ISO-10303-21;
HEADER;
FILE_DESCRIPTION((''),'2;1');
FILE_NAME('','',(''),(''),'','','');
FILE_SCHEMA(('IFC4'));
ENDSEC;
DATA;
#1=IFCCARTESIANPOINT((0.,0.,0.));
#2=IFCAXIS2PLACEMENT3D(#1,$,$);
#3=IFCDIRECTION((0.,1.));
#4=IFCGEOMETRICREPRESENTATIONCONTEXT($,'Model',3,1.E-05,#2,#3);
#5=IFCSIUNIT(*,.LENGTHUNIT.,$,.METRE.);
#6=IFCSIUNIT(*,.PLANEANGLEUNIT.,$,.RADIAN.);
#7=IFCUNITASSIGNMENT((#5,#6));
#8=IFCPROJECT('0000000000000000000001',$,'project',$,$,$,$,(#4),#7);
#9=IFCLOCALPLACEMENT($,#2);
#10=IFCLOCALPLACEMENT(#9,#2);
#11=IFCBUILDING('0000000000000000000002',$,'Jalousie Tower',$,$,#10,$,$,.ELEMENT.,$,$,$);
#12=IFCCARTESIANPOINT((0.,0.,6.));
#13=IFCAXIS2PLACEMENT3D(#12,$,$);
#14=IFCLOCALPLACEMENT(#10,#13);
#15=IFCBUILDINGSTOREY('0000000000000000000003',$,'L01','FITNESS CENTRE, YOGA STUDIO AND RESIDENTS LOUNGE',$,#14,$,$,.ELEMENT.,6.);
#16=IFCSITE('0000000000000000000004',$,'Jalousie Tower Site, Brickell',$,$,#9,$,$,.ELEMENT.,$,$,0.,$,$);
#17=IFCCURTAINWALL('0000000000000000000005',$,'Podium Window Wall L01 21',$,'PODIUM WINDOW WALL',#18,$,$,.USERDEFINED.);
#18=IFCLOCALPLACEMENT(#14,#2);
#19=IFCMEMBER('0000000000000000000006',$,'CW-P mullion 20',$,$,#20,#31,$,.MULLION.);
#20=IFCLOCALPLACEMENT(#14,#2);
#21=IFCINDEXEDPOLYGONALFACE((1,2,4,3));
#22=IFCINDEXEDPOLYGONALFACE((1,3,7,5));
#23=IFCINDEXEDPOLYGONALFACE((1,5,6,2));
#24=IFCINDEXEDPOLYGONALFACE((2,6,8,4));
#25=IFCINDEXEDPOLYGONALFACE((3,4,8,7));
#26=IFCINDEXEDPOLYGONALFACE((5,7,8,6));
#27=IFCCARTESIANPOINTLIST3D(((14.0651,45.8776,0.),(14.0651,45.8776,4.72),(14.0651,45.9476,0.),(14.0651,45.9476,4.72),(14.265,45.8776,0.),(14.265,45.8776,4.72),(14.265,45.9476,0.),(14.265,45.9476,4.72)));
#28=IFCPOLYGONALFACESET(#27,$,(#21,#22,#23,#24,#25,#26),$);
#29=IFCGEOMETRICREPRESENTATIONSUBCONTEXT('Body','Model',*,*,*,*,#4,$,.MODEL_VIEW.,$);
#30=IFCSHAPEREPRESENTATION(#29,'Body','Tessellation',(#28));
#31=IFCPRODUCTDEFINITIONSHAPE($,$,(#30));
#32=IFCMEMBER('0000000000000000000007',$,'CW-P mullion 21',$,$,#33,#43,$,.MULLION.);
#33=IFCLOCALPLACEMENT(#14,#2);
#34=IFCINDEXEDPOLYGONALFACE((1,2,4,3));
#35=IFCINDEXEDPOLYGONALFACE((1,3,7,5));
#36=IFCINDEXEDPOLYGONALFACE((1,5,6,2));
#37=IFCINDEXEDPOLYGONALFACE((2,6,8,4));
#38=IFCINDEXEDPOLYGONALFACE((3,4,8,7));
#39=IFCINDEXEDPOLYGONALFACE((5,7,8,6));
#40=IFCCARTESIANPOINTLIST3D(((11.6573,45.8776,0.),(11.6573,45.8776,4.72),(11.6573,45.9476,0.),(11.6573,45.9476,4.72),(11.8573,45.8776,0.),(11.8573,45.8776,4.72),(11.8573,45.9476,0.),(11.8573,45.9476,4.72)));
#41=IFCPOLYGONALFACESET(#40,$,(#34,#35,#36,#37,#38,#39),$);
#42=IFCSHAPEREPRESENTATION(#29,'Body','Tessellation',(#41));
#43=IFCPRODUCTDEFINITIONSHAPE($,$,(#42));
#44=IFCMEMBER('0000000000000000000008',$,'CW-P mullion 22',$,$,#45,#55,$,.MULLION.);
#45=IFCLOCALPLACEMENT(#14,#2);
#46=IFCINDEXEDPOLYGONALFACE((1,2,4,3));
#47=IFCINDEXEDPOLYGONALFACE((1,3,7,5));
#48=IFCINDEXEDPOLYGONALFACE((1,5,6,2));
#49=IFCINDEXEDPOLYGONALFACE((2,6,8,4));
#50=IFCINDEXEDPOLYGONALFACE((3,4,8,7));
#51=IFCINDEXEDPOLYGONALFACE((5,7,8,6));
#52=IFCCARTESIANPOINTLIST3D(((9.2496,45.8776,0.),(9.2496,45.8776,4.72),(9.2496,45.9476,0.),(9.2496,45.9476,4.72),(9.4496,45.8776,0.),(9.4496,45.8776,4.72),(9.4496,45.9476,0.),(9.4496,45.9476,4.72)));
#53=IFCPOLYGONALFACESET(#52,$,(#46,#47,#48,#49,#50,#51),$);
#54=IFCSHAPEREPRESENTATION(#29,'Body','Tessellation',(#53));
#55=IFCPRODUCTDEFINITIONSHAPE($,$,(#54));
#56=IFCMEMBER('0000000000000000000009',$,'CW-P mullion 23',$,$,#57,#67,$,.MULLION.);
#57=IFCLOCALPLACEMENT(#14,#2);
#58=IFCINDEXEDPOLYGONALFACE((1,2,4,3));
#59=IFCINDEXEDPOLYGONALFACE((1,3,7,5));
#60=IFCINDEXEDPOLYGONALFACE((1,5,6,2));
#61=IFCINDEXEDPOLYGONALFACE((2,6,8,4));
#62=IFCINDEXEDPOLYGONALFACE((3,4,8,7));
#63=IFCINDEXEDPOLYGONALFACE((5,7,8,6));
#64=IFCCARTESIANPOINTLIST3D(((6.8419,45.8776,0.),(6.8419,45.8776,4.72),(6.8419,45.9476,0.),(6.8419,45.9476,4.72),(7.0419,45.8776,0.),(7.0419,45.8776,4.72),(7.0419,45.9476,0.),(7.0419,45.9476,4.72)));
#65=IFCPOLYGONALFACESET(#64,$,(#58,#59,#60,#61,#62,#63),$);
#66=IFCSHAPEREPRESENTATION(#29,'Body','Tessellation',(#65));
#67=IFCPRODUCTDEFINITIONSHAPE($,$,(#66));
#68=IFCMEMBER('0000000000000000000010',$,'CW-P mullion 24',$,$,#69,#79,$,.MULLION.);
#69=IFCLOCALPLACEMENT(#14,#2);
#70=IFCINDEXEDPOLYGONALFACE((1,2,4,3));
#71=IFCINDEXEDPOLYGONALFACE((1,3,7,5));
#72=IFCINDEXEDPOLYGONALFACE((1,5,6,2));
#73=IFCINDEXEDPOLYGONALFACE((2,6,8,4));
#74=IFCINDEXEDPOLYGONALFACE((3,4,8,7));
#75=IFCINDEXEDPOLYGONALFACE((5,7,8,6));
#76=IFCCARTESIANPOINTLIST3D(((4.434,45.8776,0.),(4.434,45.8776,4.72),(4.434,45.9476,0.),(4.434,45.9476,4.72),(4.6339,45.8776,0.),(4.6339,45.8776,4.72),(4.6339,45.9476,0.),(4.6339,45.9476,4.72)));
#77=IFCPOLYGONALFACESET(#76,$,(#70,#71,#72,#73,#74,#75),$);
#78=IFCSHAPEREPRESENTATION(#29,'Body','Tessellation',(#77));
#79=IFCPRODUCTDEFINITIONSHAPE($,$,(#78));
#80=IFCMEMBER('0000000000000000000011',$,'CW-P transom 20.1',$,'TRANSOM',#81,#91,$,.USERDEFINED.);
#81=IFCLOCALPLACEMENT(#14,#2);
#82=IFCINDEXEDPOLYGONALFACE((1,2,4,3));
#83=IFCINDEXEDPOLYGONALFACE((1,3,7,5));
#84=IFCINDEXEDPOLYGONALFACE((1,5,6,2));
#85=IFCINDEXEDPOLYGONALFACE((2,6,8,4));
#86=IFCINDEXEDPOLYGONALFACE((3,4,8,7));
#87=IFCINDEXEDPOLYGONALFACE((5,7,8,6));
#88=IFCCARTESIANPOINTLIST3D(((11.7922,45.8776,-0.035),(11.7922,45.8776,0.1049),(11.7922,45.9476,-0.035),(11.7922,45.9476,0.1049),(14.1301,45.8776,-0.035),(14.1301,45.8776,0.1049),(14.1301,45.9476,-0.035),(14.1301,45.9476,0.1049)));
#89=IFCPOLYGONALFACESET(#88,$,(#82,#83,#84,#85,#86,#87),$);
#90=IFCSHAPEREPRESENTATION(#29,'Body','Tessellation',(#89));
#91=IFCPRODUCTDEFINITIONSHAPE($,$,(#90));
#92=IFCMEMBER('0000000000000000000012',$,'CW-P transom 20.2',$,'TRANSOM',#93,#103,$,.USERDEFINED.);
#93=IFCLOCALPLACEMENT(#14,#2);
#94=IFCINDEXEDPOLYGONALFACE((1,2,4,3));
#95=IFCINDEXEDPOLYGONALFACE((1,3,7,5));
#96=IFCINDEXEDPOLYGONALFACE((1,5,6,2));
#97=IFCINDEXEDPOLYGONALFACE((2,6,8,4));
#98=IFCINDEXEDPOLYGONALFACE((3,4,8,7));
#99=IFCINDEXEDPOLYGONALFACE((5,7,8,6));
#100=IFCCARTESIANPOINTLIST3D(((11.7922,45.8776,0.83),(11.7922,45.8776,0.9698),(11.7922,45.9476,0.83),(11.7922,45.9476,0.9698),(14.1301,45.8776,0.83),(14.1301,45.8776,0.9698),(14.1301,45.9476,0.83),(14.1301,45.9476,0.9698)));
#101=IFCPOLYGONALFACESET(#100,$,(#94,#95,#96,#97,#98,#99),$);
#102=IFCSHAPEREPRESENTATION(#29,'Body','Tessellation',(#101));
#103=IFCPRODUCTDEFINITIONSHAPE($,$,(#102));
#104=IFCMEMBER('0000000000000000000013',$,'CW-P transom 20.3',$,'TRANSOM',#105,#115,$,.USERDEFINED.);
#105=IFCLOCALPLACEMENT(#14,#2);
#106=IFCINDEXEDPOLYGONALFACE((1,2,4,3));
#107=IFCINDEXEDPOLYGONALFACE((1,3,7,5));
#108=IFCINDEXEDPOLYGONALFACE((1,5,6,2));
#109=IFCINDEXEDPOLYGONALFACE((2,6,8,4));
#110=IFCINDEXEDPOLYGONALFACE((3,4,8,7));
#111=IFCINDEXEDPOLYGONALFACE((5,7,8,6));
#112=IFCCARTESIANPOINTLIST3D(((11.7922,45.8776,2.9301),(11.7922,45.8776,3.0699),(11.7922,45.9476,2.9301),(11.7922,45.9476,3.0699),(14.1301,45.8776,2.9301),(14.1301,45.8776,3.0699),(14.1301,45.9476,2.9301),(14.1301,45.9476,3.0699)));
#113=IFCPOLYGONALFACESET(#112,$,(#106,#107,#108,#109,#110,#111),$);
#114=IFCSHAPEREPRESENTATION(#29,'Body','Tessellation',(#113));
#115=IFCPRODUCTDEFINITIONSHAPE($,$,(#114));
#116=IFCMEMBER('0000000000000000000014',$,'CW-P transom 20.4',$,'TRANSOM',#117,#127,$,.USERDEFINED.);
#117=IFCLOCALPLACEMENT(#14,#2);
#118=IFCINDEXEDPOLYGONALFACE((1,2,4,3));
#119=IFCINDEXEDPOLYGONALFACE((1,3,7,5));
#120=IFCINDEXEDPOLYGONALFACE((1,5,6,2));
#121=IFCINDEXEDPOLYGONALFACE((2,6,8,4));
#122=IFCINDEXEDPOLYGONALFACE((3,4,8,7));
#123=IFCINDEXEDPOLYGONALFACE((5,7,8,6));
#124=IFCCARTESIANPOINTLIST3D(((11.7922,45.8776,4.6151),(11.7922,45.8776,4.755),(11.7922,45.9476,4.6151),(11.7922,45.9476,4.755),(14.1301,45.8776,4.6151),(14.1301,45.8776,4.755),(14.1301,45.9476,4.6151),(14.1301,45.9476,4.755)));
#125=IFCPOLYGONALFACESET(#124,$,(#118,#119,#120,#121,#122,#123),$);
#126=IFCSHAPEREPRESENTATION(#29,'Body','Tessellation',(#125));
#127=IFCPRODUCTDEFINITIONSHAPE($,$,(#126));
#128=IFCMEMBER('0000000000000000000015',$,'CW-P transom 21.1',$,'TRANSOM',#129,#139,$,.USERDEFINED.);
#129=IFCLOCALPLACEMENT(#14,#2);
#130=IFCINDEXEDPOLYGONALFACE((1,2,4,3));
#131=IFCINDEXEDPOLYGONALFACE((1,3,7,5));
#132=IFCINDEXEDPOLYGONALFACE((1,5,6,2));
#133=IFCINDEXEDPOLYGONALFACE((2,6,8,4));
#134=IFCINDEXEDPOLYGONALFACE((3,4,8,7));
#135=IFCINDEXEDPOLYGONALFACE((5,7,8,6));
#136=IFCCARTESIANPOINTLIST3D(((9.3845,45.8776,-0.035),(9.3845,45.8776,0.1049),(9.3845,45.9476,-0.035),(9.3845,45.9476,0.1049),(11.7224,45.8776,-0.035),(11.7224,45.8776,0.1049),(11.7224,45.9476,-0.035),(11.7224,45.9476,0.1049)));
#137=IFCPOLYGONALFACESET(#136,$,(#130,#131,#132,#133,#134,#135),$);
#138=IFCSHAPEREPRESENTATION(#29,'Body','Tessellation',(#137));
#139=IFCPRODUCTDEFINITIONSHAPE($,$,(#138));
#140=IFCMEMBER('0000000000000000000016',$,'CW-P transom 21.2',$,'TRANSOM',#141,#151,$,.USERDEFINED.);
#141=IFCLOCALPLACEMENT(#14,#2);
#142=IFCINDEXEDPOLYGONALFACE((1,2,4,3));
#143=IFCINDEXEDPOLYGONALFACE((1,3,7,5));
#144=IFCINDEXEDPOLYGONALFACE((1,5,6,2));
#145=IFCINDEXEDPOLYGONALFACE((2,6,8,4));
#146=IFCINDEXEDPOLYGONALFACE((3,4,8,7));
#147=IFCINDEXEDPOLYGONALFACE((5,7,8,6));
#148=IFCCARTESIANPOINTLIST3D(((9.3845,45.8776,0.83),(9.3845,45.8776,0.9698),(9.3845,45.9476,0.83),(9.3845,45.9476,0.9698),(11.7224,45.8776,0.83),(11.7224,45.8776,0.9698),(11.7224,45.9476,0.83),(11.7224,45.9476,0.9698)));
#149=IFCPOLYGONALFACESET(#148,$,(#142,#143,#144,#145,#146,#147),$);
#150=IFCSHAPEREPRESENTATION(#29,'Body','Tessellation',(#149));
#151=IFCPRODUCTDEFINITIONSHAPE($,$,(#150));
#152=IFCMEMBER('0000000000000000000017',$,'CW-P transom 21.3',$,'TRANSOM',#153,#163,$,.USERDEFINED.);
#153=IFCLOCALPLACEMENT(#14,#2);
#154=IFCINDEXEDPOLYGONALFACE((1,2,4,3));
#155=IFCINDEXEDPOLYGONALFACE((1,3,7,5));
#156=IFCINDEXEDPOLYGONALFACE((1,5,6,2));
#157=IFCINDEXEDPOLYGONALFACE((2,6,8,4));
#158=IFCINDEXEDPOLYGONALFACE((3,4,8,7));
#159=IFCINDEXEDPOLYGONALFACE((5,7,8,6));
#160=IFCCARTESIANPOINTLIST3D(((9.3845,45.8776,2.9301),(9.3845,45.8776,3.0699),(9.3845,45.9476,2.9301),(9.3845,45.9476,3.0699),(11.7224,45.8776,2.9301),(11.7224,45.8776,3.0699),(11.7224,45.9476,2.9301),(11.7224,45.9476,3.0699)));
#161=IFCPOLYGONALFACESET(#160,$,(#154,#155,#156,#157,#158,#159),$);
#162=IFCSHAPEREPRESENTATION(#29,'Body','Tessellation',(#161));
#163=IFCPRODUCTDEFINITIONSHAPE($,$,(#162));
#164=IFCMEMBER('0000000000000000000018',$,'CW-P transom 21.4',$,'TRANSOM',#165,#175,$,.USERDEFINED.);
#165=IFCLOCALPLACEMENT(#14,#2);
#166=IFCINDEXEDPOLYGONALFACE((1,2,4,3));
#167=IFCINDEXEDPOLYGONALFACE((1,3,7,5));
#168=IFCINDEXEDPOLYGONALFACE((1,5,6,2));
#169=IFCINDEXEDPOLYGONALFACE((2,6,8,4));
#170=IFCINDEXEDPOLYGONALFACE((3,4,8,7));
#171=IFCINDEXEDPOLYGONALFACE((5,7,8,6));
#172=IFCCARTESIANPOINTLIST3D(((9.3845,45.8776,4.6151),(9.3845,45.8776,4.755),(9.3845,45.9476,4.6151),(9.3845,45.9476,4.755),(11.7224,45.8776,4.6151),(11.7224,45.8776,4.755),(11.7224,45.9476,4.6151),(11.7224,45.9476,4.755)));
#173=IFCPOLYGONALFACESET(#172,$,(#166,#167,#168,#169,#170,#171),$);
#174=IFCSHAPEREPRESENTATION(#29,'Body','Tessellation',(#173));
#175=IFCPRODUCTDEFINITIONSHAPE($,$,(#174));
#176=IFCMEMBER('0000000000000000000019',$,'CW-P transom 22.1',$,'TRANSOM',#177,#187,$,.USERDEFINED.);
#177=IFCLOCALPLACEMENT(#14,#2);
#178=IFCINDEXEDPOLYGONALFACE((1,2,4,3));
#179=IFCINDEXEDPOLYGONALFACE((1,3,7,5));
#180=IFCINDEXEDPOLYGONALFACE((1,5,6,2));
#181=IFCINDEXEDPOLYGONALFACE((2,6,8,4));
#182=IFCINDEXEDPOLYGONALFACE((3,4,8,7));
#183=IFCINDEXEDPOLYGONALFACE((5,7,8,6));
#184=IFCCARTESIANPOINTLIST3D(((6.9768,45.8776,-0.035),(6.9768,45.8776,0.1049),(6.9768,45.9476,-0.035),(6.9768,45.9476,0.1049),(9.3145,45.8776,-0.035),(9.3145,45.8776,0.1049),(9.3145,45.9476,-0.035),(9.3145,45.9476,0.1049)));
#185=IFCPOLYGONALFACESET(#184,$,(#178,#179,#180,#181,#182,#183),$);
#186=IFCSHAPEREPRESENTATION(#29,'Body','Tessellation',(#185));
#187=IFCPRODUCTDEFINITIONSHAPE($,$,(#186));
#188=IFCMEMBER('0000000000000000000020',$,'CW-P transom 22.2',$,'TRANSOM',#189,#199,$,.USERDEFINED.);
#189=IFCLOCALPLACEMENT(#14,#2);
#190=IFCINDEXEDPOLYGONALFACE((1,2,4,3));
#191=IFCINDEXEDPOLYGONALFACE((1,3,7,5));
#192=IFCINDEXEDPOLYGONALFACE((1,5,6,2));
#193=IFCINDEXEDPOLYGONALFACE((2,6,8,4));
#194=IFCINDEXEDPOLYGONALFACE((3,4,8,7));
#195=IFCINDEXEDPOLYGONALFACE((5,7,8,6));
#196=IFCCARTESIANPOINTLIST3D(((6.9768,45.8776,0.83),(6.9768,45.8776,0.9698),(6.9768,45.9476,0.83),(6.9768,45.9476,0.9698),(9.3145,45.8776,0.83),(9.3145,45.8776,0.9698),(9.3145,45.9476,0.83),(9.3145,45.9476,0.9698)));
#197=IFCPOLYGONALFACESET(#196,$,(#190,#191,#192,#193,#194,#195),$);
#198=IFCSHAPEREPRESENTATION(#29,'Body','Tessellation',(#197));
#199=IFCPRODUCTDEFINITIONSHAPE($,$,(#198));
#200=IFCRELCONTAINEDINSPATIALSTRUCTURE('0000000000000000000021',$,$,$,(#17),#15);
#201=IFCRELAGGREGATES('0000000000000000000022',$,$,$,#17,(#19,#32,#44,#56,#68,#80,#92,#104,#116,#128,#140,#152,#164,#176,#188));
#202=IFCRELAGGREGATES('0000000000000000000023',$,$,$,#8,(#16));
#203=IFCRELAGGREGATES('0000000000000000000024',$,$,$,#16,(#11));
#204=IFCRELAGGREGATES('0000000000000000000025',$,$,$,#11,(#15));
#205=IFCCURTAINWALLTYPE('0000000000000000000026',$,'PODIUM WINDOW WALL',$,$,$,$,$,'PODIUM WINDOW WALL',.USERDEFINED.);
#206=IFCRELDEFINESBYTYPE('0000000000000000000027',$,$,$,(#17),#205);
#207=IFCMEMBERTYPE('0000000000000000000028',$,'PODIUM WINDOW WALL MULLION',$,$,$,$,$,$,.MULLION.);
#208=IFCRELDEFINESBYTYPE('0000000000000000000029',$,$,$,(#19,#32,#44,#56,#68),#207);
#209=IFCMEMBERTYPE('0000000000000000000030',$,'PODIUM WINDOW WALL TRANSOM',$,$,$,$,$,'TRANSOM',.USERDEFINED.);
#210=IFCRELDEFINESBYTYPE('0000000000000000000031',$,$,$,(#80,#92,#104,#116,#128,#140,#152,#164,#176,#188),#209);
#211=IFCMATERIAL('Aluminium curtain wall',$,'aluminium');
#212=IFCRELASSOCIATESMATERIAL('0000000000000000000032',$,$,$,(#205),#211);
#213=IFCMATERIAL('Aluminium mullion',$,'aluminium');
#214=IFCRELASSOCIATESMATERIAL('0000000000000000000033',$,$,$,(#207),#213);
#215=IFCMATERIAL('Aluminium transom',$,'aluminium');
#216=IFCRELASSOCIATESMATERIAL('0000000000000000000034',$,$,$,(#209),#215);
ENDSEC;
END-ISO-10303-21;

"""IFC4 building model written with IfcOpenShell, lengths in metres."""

from ifc_helpers import new_model, si_unit, direction, frame, origin, origin_2d, place, context, subcontext, project, spatial, rectangle, extrude, material, material_profile, profile_set, type_object, element, aggregate, save


model = new_model("IFC4")

# Units and contexts
model_context = context("Model", 3, precision=1e-05, world=origin(), true_north=direction((0.0, 1.0)))
body_context = subcontext(model_context, "Body", "Model", "MODEL_VIEW")
ifc_project = project(units=[si_unit("LENGTHUNIT", "METRE"), si_unit("PLANEANGLEUNIT", "RADIAN")], contexts=[model_context])

# Site, building, storey
site_placement = place(None, origin())
site = spatial("IfcSite", under=ifc_project, at=site_placement, Name="Jalousie Tower Site, Brickell", CompositionType="ELEMENT", RefElevation=0.0)
building_placement = place(site_placement, origin())
building = spatial("IfcBuilding", under=site, at=building_placement, Name="Jalousie Tower", CompositionType="ELEMENT")
storey_placement = place(building_placement, frame((0.0, 0.0, 6.0)))
storey = spatial("IfcBuildingStorey", under=building, at=storey_placement, Name="L01", Description="FITNESS CENTRE, YOGA STUDIO AND RESIDENTS LOUNGE", CompositionType="ELEMENT", Elevation=6.0)

# Curtain wall, members
ifc_material_1 = material(Name="Aluminium curtain wall", Category="aluminium")
curtain_wall_type = type_object("IfcCurtainWallType", Name="PODIUM WINDOW WALL", ElementType="PODIUM WINDOW WALL", PredefinedType="USERDEFINED", material=ifc_material_1)
curtain_wall_placement = place(storey_placement, origin())
curtain_wall = element("IfcCurtainWall", 1, at=curtain_wall_placement, inside=storey, type_object=curtain_wall_type, Name="Podium Window Wall L01 21", ObjectType="PODIUM WINDOW WALL", PredefinedType="USERDEFINED")
ifc_material_2 = material(Name="Aluminium mullion", Category="aluminium")
ifc_material_profile_1 = material_profile(ifc_material_2, rectangle(XDim=0.0701, YDim=0.2, at=origin_2d()), Name="MULLION 70x200")
ifc_profile_set_1 = profile_set([ifc_material_profile_1], Name="Aluminium mullion")
member_type_1 = type_object("IfcMemberType", Name="PODIUM WINDOW WALL MULLION", PredefinedType="MULLION", material=ifc_profile_set_1)
member_1_placement = place(storey_placement, frame((14.165, 45.9126, 0.0), z_axis=(0.0, 0.0, 1.0), x_axis=(0.0, -1.0, 0.0)))
member_1 = element("IfcMember", 2, at=member_1_placement, type_object=member_type_1, Name="CW-P mullion 20", PredefinedType="MULLION", context=body_context, shape_type="SweptSolid", body=[
    extrude(rectangle(XDim=0.0701, YDim=0.2, at=origin_2d()), origin(), (0.0, 0.0, 1.0), 4.72),
])
member_2_placement = place(storey_placement, frame((11.7573, 45.9126, 0.0), z_axis=(0.0, 0.0, 1.0), x_axis=(0.0, -1.0, 0.0)))
member_2 = element("IfcMember", 3, at=member_2_placement, type_object=member_type_1, Name="CW-P mullion 21", PredefinedType="MULLION", context=body_context, shape_type="SweptSolid", body=[
    extrude(rectangle(XDim=0.0701, YDim=0.2, at=origin_2d()), origin(), (0.0, 0.0, 1.0), 4.72),
])
member_3_placement = place(storey_placement, frame((9.3496, 45.9126, 0.0), z_axis=(0.0, 0.0, 1.0), x_axis=(0.0, -1.0, 0.0)))
member_3 = element("IfcMember", 4, at=member_3_placement, type_object=member_type_1, Name="CW-P mullion 22", PredefinedType="MULLION", context=body_context, shape_type="SweptSolid", body=[
    extrude(rectangle(XDim=0.0701, YDim=0.2, at=origin_2d()), origin(), (0.0, 0.0, 1.0), 4.72),
])
member_4_placement = place(storey_placement, frame((6.9419, 45.9126, 0.0), z_axis=(0.0, 0.0, 1.0), x_axis=(0.0, -1.0, 0.0)))
member_4 = element("IfcMember", 5, at=member_4_placement, type_object=member_type_1, Name="CW-P mullion 23", PredefinedType="MULLION", context=body_context, shape_type="SweptSolid", body=[
    extrude(rectangle(XDim=0.0701, YDim=0.2, at=origin_2d()), origin(), (0.0, 0.0, 1.0), 4.72),
])
member_5_placement = place(storey_placement, frame((4.5339, 45.9126, 0.0), z_axis=(0.0, 0.0, 1.0), x_axis=(0.0, -1.0, 0.0)))
member_5 = element("IfcMember", 6, at=member_5_placement, type_object=member_type_1, Name="CW-P mullion 24", PredefinedType="MULLION", context=body_context, shape_type="SweptSolid", body=[
    extrude(rectangle(XDim=0.0701, YDim=0.2, at=origin_2d()), origin(), (0.0, 0.0, 1.0), 4.72),
])
ifc_material_3 = material(Name="Aluminium transom", Category="aluminium")
ifc_material_profile_2 = material_profile(ifc_material_3, rectangle(XDim=0.0701, YDim=0.1399, at=origin_2d()), Name="TRANSOM 70x140")
ifc_profile_set_2 = profile_set([ifc_material_profile_2], Name="Aluminium transom")
member_type_2 = type_object("IfcMemberType", Name="PODIUM WINDOW WALL TRANSOM", ElementType="TRANSOM", PredefinedType="USERDEFINED", material=ifc_profile_set_2)
member_6_placement = place(storey_placement, frame((14.1301, 45.9126, 0.0349), z_axis=(-1.0, 0.0, 0.0), x_axis=(0.0, -1.0, 0.0)))
member_6 = element("IfcMember", 7, at=member_6_placement, type_object=member_type_2, Name="CW-P transom 20.1", ObjectType="TRANSOM", PredefinedType="USERDEFINED", context=body_context, shape_type="SweptSolid", body=[
    extrude(rectangle(XDim=0.0701, YDim=0.1399, at=origin_2d()), origin(), (0.0, 0.0, 1.0), 2.3379),
])
member_7_placement = place(storey_placement, frame((14.1301, 45.9126, 0.8999), z_axis=(-1.0, 0.0, 0.0), x_axis=(0.0, -1.0, 0.0)))
member_7 = element("IfcMember", 8, at=member_7_placement, type_object=member_type_2, Name="CW-P transom 20.2", ObjectType="TRANSOM", PredefinedType="USERDEFINED", context=body_context, shape_type="SweptSolid", body=[
    extrude(rectangle(XDim=0.0701, YDim=0.1399, at=origin_2d()), origin(), (0.0, 0.0, 1.0), 2.3379),
])
member_8_placement = place(storey_placement, frame((14.1301, 45.9126, 3.0), z_axis=(-1.0, 0.0, 0.0), x_axis=(0.0, -1.0, 0.0)))
member_8 = element("IfcMember", 9, at=member_8_placement, type_object=member_type_2, Name="CW-P transom 20.3", ObjectType="TRANSOM", PredefinedType="USERDEFINED", context=body_context, shape_type="SweptSolid", body=[
    extrude(rectangle(XDim=0.0701, YDim=0.1399, at=origin_2d()), origin(), (0.0, 0.0, 1.0), 2.3379),
])
member_9_placement = place(storey_placement, frame((14.1301, 45.9126, 4.6851), z_axis=(-1.0, 0.0, 0.0), x_axis=(0.0, -1.0, 0.0)))
member_9 = element("IfcMember", 10, at=member_9_placement, type_object=member_type_2, Name="CW-P transom 20.4", ObjectType="TRANSOM", PredefinedType="USERDEFINED", context=body_context, shape_type="SweptSolid", body=[
    extrude(rectangle(XDim=0.0701, YDim=0.1399, at=origin_2d()), origin(), (0.0, 0.0, 1.0), 2.3379),
])
member_10_placement = place(storey_placement, frame((11.7224, 45.9126, 0.0349), z_axis=(-1.0, 0.0, 0.0), x_axis=(0.0, -1.0, 0.0)))
member_10 = element("IfcMember", 11, at=member_10_placement, type_object=member_type_2, Name="CW-P transom 21.1", ObjectType="TRANSOM", PredefinedType="USERDEFINED", context=body_context, shape_type="SweptSolid", body=[
    extrude(rectangle(XDim=0.0701, YDim=0.1399, at=origin_2d()), origin(), (0.0, 0.0, 1.0), 2.3379),
])
member_11_placement = place(storey_placement, frame((11.7224, 45.9126, 0.8999), z_axis=(-1.0, 0.0, 0.0), x_axis=(0.0, -1.0, 0.0)))
member_11 = element("IfcMember", 12, at=member_11_placement, type_object=member_type_2, Name="CW-P transom 21.2", ObjectType="TRANSOM", PredefinedType="USERDEFINED", context=body_context, shape_type="SweptSolid", body=[
    extrude(rectangle(XDim=0.0701, YDim=0.1399, at=origin_2d()), origin(), (0.0, 0.0, 1.0), 2.3379),
])
member_12_placement = place(storey_placement, frame((11.7224, 45.9126, 3.0), z_axis=(-1.0, 0.0, 0.0), x_axis=(0.0, -1.0, 0.0)))
member_12 = element("IfcMember", 13, at=member_12_placement, type_object=member_type_2, Name="CW-P transom 21.3", ObjectType="TRANSOM", PredefinedType="USERDEFINED", context=body_context, shape_type="SweptSolid", body=[
    extrude(rectangle(XDim=0.0701, YDim=0.1399, at=origin_2d()), origin(), (0.0, 0.0, 1.0), 2.3379),
])
member_13_placement = place(storey_placement, frame((11.7224, 45.9126, 4.6851), z_axis=(-1.0, 0.0, 0.0), x_axis=(0.0, -1.0, 0.0)))
member_13 = element("IfcMember", 14, at=member_13_placement, type_object=member_type_2, Name="CW-P transom 21.4", ObjectType="TRANSOM", PredefinedType="USERDEFINED", context=body_context, shape_type="SweptSolid", body=[
    extrude(rectangle(XDim=0.0701, YDim=0.1399, at=origin_2d()), origin(), (0.0, 0.0, 1.0), 2.3379),
])
member_14_placement = place(storey_placement, frame((9.3145, 45.9126, 0.0349), z_axis=(-1.0, 0.0, 0.0), x_axis=(0.0, -1.0, 0.0)))
member_14 = element("IfcMember", 15, at=member_14_placement, type_object=member_type_2, Name="CW-P transom 22.1", ObjectType="TRANSOM", PredefinedType="USERDEFINED", context=body_context, shape_type="SweptSolid", body=[
    extrude(rectangle(XDim=0.0701, YDim=0.1399, at=origin_2d()), origin(), (0.0, 0.0, 1.0), 2.3376),
])
member_15_placement = place(storey_placement, frame((9.3145, 45.9126, 0.8999), z_axis=(-1.0, 0.0, 0.0), x_axis=(0.0, -1.0, 0.0)))
member_15 = element("IfcMember", 16, at=member_15_placement, type_object=member_type_2, Name="CW-P transom 22.2", ObjectType="TRANSOM", PredefinedType="USERDEFINED", context=body_context, shape_type="SweptSolid", body=[
    extrude(rectangle(XDim=0.0701, YDim=0.1399, at=origin_2d()), origin(), (0.0, 0.0, 1.0), 2.3376),
])
aggregate(curtain_wall, [member_1, member_2, member_3, member_4, member_5, member_6, member_7, member_8, member_9, member_10, member_11, member_12, member_13, member_14, member_15])

save(model, "model.ifc")
